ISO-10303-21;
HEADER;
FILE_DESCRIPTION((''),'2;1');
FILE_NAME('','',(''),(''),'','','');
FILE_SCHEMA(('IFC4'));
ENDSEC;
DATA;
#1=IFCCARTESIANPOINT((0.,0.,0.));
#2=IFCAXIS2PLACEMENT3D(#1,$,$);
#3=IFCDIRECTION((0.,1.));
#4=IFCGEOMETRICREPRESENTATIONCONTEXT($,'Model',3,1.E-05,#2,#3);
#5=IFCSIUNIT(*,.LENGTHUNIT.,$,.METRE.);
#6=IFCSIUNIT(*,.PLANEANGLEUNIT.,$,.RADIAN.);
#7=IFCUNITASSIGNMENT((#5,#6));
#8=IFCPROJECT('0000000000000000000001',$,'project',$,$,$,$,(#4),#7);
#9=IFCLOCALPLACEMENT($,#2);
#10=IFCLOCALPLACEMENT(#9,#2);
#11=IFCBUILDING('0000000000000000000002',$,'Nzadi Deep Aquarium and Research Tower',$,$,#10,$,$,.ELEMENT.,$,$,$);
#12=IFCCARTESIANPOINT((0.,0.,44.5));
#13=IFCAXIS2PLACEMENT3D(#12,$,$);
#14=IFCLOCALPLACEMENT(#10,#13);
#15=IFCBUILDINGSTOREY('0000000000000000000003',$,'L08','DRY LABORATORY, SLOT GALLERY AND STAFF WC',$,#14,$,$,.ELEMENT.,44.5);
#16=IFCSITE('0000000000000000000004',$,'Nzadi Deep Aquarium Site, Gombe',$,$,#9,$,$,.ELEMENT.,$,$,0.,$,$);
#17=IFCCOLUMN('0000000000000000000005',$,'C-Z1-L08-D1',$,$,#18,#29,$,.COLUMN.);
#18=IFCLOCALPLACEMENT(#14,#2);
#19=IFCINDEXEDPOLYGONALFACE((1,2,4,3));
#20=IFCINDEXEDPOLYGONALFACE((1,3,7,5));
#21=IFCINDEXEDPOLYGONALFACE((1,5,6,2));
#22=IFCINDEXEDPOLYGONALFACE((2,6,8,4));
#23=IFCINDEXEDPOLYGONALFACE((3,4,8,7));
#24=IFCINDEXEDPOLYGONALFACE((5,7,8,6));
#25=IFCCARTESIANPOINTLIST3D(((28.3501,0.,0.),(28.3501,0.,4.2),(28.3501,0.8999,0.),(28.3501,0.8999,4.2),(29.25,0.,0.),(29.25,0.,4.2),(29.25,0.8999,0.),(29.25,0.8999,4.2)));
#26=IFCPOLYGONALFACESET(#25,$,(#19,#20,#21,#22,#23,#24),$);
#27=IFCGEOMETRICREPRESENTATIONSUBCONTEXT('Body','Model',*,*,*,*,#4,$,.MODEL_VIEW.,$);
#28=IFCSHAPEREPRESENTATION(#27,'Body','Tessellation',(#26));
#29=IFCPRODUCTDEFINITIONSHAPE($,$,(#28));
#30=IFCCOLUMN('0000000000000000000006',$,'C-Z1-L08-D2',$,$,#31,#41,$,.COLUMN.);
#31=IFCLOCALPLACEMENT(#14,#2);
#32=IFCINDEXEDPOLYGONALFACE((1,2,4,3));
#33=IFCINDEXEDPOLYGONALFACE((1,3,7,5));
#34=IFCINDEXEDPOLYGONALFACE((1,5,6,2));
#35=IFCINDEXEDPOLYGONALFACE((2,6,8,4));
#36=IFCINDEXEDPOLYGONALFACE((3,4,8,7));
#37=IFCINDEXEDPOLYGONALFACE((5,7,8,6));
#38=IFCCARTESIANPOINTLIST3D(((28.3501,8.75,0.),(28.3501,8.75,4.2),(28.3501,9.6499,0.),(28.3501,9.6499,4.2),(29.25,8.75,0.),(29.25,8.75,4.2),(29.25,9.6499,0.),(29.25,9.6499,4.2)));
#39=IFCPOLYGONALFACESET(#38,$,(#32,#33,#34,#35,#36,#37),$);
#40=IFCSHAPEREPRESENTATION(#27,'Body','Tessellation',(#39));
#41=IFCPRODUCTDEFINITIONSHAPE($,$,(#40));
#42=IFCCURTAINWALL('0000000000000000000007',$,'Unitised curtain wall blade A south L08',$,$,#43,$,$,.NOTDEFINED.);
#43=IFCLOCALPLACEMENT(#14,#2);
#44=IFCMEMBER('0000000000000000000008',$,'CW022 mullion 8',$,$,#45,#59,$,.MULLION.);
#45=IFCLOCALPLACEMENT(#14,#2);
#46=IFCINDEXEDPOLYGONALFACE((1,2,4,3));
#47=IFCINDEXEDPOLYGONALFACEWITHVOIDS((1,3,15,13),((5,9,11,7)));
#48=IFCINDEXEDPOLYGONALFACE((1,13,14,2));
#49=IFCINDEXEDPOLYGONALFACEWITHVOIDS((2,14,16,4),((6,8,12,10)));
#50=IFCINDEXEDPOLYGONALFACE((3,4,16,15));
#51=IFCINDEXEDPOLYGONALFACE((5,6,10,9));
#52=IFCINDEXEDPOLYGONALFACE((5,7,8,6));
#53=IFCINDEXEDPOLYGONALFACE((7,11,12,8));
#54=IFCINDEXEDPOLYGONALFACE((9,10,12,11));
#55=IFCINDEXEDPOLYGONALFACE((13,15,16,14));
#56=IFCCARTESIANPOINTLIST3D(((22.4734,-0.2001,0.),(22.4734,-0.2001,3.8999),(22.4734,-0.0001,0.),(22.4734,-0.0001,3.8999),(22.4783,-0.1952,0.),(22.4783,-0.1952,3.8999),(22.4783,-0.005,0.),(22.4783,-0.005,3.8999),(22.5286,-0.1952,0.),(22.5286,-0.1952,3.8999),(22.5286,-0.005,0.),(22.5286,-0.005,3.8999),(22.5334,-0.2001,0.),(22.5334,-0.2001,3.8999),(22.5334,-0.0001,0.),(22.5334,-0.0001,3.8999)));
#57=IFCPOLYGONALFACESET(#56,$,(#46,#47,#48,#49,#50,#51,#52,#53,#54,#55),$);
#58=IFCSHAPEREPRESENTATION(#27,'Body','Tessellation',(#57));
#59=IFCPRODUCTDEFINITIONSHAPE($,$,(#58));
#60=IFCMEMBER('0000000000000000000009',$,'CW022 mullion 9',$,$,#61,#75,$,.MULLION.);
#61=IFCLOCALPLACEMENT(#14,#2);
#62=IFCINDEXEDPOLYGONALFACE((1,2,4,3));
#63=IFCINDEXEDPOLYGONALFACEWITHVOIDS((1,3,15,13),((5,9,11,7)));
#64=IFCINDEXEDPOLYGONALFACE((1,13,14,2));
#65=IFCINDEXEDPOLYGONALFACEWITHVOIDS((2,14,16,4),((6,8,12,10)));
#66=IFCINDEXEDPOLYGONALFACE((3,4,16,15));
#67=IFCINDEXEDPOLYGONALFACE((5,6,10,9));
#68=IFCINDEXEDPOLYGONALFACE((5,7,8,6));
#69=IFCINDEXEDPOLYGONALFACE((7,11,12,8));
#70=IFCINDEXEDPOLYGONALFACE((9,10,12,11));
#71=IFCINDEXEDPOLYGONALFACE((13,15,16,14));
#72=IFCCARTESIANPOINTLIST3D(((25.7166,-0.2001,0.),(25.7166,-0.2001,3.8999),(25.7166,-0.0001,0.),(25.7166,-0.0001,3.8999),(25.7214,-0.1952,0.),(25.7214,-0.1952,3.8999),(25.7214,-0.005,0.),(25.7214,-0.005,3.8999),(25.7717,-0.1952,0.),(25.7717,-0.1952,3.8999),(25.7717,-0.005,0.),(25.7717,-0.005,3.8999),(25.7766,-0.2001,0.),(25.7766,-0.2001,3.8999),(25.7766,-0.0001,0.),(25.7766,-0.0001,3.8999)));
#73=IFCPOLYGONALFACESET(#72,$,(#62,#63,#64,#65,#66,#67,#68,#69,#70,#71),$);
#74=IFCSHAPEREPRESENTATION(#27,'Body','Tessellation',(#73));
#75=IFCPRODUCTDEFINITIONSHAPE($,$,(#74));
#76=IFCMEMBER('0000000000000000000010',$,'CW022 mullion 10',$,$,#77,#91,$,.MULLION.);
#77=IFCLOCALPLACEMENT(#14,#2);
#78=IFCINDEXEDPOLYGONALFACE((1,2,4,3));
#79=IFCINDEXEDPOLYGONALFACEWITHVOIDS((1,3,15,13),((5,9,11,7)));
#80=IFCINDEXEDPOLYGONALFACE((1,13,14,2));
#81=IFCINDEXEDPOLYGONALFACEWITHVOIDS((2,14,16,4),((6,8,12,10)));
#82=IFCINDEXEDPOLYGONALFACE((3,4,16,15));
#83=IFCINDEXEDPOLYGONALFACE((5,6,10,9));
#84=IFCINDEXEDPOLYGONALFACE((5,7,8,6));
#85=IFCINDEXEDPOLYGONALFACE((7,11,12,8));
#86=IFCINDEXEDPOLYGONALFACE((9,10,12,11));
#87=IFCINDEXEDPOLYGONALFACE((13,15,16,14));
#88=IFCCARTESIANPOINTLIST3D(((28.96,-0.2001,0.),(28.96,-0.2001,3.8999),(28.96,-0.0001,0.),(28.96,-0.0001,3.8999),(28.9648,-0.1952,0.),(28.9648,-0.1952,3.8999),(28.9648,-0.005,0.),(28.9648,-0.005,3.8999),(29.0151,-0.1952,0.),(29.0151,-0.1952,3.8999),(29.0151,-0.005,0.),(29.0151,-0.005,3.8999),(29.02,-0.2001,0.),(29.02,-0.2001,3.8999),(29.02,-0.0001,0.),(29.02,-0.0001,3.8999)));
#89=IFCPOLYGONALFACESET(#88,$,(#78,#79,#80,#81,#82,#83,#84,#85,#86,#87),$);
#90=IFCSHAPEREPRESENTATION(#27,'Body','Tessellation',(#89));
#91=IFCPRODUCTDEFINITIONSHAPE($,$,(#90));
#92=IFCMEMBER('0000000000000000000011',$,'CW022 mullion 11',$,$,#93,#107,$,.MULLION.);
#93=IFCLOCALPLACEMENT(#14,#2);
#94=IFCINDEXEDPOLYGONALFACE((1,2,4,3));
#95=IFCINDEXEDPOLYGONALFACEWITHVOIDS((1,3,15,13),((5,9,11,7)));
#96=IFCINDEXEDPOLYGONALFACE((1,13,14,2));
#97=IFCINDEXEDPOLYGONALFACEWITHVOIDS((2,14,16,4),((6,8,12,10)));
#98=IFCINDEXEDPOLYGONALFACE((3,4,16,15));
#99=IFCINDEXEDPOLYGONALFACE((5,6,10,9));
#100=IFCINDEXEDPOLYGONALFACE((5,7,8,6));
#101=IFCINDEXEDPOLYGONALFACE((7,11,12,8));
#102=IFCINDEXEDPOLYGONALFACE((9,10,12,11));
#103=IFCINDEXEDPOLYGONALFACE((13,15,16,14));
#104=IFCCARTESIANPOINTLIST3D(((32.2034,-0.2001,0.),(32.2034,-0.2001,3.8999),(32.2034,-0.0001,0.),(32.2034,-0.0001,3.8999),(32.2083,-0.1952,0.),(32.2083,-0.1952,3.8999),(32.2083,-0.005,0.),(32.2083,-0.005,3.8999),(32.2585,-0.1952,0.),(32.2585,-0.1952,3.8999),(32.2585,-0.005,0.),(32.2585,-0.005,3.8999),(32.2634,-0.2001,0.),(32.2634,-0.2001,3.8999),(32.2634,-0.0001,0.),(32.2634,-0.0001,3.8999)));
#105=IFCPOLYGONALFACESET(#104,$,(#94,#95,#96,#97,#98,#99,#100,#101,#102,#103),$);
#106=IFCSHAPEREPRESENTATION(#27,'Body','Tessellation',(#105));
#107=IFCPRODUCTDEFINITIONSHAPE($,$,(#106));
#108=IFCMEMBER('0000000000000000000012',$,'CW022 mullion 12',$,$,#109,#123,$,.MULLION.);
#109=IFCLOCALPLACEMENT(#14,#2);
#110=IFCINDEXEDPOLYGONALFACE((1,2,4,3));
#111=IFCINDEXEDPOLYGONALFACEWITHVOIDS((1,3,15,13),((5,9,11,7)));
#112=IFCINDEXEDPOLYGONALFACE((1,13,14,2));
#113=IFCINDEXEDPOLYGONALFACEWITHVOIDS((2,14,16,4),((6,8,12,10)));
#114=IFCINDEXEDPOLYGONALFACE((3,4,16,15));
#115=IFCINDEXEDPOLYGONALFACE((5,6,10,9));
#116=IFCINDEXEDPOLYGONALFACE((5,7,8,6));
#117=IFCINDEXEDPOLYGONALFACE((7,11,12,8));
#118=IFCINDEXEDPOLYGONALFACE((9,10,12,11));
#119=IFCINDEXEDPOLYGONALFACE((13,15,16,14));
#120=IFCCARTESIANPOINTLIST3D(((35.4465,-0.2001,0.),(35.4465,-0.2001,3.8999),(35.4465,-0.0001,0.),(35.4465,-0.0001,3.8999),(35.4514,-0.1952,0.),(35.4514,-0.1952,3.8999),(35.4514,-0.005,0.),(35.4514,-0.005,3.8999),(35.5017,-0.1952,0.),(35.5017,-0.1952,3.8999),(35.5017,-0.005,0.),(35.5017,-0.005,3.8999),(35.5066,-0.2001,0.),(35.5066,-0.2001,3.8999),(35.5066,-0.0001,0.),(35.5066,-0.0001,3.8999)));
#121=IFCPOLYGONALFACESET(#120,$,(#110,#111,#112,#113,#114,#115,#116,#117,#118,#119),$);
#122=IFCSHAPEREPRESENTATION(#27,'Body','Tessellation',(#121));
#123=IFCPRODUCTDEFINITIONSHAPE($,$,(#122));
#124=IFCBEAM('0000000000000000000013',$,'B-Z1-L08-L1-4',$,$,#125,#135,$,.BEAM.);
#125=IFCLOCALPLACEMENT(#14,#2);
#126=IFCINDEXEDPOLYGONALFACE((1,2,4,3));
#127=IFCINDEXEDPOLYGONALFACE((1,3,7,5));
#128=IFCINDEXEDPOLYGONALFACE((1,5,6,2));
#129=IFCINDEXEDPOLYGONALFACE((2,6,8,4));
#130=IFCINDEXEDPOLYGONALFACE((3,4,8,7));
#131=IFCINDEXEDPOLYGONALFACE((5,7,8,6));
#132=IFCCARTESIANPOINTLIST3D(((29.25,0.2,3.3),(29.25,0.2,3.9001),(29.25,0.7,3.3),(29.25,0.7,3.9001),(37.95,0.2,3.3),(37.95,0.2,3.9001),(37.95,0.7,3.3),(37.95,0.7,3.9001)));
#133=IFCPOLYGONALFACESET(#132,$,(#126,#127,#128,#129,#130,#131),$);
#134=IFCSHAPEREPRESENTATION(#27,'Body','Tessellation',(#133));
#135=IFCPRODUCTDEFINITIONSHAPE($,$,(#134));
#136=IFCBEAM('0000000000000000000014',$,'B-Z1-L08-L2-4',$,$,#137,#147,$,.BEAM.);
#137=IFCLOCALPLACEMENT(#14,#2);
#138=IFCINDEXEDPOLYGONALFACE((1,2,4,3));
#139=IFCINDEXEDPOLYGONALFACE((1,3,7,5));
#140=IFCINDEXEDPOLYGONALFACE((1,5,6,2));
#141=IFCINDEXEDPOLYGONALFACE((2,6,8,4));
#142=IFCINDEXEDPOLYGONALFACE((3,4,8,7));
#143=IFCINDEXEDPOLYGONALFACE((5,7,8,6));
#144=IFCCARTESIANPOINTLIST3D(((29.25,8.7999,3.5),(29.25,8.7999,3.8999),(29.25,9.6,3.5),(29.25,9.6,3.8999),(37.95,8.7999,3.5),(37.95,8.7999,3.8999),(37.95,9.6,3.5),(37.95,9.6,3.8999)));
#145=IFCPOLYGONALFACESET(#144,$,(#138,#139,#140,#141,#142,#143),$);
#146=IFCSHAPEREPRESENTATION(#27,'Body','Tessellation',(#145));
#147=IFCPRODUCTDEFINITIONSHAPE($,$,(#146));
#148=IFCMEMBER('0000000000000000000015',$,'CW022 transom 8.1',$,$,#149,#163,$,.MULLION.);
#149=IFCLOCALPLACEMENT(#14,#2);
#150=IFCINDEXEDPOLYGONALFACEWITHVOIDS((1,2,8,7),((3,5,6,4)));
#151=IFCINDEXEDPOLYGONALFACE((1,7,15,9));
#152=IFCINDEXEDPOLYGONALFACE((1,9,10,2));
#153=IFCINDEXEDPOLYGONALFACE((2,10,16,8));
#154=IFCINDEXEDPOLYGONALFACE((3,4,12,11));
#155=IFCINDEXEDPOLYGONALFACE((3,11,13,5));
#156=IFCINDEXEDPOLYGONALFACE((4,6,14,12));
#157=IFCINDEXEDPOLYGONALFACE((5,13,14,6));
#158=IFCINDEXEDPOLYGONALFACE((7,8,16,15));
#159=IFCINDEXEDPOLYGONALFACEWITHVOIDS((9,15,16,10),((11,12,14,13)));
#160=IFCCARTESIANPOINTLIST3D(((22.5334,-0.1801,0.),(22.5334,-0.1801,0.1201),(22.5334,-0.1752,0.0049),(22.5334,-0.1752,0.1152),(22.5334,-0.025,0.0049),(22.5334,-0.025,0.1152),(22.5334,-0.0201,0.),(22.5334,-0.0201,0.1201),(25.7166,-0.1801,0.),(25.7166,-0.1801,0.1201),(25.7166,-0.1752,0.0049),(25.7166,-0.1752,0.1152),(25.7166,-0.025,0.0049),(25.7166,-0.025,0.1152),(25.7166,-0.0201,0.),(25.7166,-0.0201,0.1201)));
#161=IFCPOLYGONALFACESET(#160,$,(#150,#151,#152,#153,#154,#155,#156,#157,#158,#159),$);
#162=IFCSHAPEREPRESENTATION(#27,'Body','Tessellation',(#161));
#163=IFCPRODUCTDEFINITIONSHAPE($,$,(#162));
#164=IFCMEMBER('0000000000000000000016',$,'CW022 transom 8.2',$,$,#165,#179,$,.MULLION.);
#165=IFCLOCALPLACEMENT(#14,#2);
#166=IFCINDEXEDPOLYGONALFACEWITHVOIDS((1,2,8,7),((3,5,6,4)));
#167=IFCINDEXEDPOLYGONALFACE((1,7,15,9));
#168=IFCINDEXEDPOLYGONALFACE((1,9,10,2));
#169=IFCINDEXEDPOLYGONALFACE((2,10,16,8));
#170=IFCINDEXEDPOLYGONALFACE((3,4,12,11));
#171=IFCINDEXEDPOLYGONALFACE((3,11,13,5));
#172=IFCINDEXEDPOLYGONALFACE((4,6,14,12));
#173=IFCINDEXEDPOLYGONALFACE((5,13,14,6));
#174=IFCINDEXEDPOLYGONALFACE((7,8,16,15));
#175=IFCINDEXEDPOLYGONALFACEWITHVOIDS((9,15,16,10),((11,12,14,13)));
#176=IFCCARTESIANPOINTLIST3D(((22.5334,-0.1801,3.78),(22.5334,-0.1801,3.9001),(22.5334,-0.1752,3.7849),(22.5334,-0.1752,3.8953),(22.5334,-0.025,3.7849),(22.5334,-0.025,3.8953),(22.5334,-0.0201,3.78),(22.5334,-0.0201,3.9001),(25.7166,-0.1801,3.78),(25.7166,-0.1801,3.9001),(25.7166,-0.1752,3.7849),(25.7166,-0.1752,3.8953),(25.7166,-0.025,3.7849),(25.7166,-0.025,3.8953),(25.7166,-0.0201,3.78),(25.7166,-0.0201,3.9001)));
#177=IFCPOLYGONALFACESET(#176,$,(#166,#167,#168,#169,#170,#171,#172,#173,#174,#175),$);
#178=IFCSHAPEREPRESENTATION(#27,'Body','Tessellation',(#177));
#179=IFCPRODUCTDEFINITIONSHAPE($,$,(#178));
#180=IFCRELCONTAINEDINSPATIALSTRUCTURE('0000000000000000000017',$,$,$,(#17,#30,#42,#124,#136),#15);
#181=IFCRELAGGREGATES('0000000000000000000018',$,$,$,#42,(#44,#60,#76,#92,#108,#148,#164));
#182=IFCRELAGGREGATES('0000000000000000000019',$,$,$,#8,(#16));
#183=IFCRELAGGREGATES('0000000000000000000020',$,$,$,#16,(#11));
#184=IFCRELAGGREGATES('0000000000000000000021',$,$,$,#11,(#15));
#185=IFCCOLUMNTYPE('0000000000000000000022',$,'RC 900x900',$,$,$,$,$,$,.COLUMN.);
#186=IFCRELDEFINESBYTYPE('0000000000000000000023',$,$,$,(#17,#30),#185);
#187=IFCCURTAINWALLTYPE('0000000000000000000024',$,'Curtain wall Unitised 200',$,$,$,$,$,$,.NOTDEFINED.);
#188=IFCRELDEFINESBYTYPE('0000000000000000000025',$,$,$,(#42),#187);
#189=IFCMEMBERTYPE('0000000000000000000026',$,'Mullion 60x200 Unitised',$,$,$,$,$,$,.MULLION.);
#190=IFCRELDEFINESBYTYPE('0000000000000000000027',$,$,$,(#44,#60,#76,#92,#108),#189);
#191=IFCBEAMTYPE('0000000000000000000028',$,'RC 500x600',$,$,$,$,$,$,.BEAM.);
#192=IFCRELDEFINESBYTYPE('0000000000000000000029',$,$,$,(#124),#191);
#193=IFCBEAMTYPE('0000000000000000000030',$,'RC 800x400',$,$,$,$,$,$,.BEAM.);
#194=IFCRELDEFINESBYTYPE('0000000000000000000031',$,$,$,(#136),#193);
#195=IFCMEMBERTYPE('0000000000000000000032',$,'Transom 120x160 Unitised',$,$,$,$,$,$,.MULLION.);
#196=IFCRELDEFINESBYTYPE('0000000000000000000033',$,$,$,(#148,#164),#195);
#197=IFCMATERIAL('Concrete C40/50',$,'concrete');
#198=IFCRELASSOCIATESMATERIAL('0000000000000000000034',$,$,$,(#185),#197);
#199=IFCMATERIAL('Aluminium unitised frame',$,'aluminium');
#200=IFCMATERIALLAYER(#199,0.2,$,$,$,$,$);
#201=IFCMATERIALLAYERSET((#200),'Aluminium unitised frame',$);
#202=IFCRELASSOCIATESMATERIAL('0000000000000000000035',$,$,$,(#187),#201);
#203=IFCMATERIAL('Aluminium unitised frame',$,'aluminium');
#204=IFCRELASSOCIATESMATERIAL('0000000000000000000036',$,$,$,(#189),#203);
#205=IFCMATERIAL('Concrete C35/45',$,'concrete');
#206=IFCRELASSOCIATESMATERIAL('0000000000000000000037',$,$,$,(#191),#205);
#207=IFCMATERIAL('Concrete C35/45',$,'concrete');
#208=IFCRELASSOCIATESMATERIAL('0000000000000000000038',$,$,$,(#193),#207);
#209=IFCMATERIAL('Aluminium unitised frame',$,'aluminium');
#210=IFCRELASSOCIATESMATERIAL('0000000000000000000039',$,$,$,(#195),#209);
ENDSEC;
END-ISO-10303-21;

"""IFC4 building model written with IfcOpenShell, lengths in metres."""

from ifc_helpers import new_model, si_unit, direction, frame, origin, origin_2d, place, context, subcontext, project, spatial, rectangle, hollow_rectangle, extrude, material, layer, layer_set, material_profile, profile_set, type_object, element, aggregate, save


model = new_model("IFC4")

# Units and contexts
model_context = context("Model", 3, precision=1e-05, world=origin(), true_north=direction((0.0, 1.0)))
body_context = subcontext(model_context, "Body", "Model", "MODEL_VIEW")
ifc_project = project(units=[si_unit("LENGTHUNIT", "METRE"), si_unit("PLANEANGLEUNIT", "RADIAN")], contexts=[model_context])

# Site, building, storey
site_placement = place(None, origin())
site = spatial("IfcSite", under=ifc_project, at=site_placement, Name="Nzadi Deep Aquarium Site, Gombe", CompositionType="ELEMENT", RefElevation=0.0)
building_placement = place(site_placement, origin())
building = spatial("IfcBuilding", under=site, at=building_placement, Name="Nzadi Deep Aquarium and Research Tower", CompositionType="ELEMENT")
storey_placement = place(building_placement, frame((0.0, 0.0, 44.5)))
storey = spatial("IfcBuildingStorey", under=building, at=storey_placement, Name="L08", Description="DRY LABORATORY, SLOT GALLERY AND STAFF WC", CompositionType="ELEMENT", Elevation=44.5)

# Columns
ifc_material_1 = material(Name="Concrete C40/50", Category="concrete")
ifc_material_profile_1 = material_profile(ifc_material_1, rectangle(XDim=0.8999, YDim=0.8999, at=origin_2d()))
ifc_profile_set_1 = profile_set([ifc_material_profile_1], Name="Concrete C40/50")
column_type = type_object("IfcColumnType", Name="RC 900x900", PredefinedType="COLUMN", material=ifc_profile_set_1)
for number, where, z_axis, x_axis, name in (
    (1, (28.8, 0.45, 0.0), (0.0, 0.0, 1.0), (1.0, 0.0, 0.0), "C-Z1-L08-D1"),
    (2, (28.8, 9.2, 0.0), (0.0, 0.0, 1.0), (1.0, 0.0, 0.0), "C-Z1-L08-D2"),
):
    element("IfcColumn", number, at=place(storey_placement, frame(where, z_axis=z_axis, x_axis=x_axis)), inside=storey, type_object=column_type, Name=name, PredefinedType="COLUMN", context=body_context, shape_type="SweptSolid", body=[
        extrude(rectangle(XDim=0.8999, YDim=0.8999, at=origin_2d()), origin(), (0.0, 0.0, 1.0), 4.2),
    ])

# Curtain wall, members
ifc_material_2 = material(Name="Aluminium unitised frame", Category="aluminium")
ifc_layer_1 = layer(ifc_material_2, 0.2)
ifc_layer_set_1 = layer_set([ifc_layer_1], Name="Aluminium unitised frame")
curtain_wall_type = type_object("IfcCurtainWallType", Name="Curtain wall Unitised 200", PredefinedType="NOTDEFINED", material=ifc_layer_set_1)
curtain_wall_placement = place(storey_placement, origin())
curtain_wall = element("IfcCurtainWall", 3, at=curtain_wall_placement, inside=storey, type_object=curtain_wall_type, Name="Unitised curtain wall blade A south L08", PredefinedType="NOTDEFINED")
ifc_material_3 = material(Name="Aluminium unitised frame", Category="aluminium")
ifc_material_profile_2 = material_profile(ifc_material_3, hollow_rectangle(XDim=0.2, YDim=0.0601, WallThickness=0.0049, at=origin_2d()))
ifc_profile_set_2 = profile_set([ifc_material_profile_2], Name="Aluminium unitised frame")
member_type_1 = type_object("IfcMemberType", Name="Mullion 60x200 Unitised", PredefinedType="MULLION", material=ifc_profile_set_2)
member_1_placement = place(storey_placement, frame((22.5034, -0.1001, 0.0), z_axis=(0.0, 0.0, 1.0), x_axis=(0.0, 1.0, 0.0)))
member_1 = element("IfcMember", 4, at=member_1_placement, type_object=member_type_1, Name="CW022 mullion 8", PredefinedType="MULLION", context=body_context, shape_type="SweptSolid", body=[
    extrude(hollow_rectangle(XDim=0.2, YDim=0.0601, WallThickness=0.0049, at=origin_2d()), origin(), (0.0, 0.0, 1.0), 3.8999),
])
member_2_placement = place(storey_placement, frame((25.7466, -0.1001, 0.0), z_axis=(0.0, 0.0, 1.0), x_axis=(0.0, 1.0, 0.0)))
member_2 = element("IfcMember", 5, at=member_2_placement, type_object=member_type_1, Name="CW022 mullion 9", PredefinedType="MULLION", context=body_context, shape_type="SweptSolid", body=[
    extrude(hollow_rectangle(XDim=0.2, YDim=0.0601, WallThickness=0.0049, at=origin_2d()), origin(), (0.0, 0.0, 1.0), 3.8999),
])
member_3_placement = place(storey_placement, frame((28.99, -0.1001, 0.0), z_axis=(0.0, 0.0, 1.0), x_axis=(0.0, 1.0, 0.0)))
member_3 = element("IfcMember", 6, at=member_3_placement, type_object=member_type_1, Name="CW022 mullion 10", PredefinedType="MULLION", context=body_context, shape_type="SweptSolid", body=[
    extrude(hollow_rectangle(XDim=0.2, YDim=0.0601, WallThickness=0.0049, at=origin_2d()), origin(), (0.0, 0.0, 1.0), 3.8999),
])
member_4_placement = place(storey_placement, frame((32.2334, -0.1001, 0.0), z_axis=(0.0, 0.0, 1.0), x_axis=(0.0, 1.0, 0.0)))
member_4 = element("IfcMember", 7, at=member_4_placement, type_object=member_type_1, Name="CW022 mullion 11", PredefinedType="MULLION", context=body_context, shape_type="SweptSolid", body=[
    extrude(hollow_rectangle(XDim=0.2, YDim=0.0601, WallThickness=0.0049, at=origin_2d()), origin(), (0.0, 0.0, 1.0), 3.8999),
])
member_5_placement = place(storey_placement, frame((35.4766, -0.1001, 0.0), z_axis=(0.0, 0.0, 1.0), x_axis=(0.0, 1.0, 0.0)))
member_5 = element("IfcMember", 8, at=member_5_placement, type_object=member_type_1, Name="CW022 mullion 12", PredefinedType="MULLION", context=body_context, shape_type="SweptSolid", body=[
    extrude(hollow_rectangle(XDim=0.2, YDim=0.0601, WallThickness=0.0049, at=origin_2d()), origin(), (0.0, 0.0, 1.0), 3.8999),
])

# Beams
ifc_material_4 = material(Name="Concrete C35/45", Category="concrete")
ifc_material_profile_3 = material_profile(ifc_material_4, rectangle(XDim=0.5, YDim=0.6001, at=origin_2d()))
ifc_profile_set_3 = profile_set([ifc_material_profile_3], Name="Concrete C35/45")
beam_type_1 = type_object("IfcBeamType", Name="RC 500x600", PredefinedType="BEAM", material=ifc_profile_set_3)
beam_1_placement = place(storey_placement, frame((29.25, 0.45, 3.6001), z_axis=(1.0, 0.0, 0.0), x_axis=(0.0, 1.0, 0.0)))
element("IfcBeam", 9, at=beam_1_placement, inside=storey, type_object=beam_type_1, Name="B-Z1-L08-L1-4", PredefinedType="BEAM", context=body_context, shape_type="SweptSolid", body=[
    extrude(rectangle(XDim=0.5, YDim=0.6001, at=origin_2d()), origin(), (0.0, 0.0, 1.0), 8.7),
])
ifc_material_5 = material(Name="Concrete C35/45", Category="concrete")
ifc_material_profile_4 = material_profile(ifc_material_5, rectangle(XDim=0.8, YDim=0.3999, at=origin_2d()))
ifc_profile_set_4 = profile_set([ifc_material_profile_4], Name="Concrete C35/45")
beam_type_2 = type_object("IfcBeamType", Name="RC 800x400", PredefinedType="BEAM", material=ifc_profile_set_4)
beam_2_placement = place(storey_placement, frame((29.25, 9.2, 3.7), z_axis=(1.0, 0.0, 0.0), x_axis=(0.0, 1.0, 0.0)))
element("IfcBeam", 10, at=beam_2_placement, inside=storey, type_object=beam_type_2, Name="B-Z1-L08-L2-4", PredefinedType="BEAM", context=body_context, shape_type="SweptSolid", body=[
    extrude(rectangle(XDim=0.8, YDim=0.3999, at=origin_2d()), origin(), (0.0, 0.0, 1.0), 8.7),
])

# Members
ifc_material_6 = material(Name="Aluminium unitised frame", Category="aluminium")
ifc_material_profile_5 = material_profile(ifc_material_6, hollow_rectangle(XDim=0.1599, YDim=0.1201, WallThickness=0.0049, at=origin_2d()))
ifc_profile_set_5 = profile_set([ifc_material_profile_5], Name="Aluminium unitised frame")
member_type_2 = type_object("IfcMemberType", Name="Transom 120x160 Unitised", PredefinedType="MULLION", material=ifc_profile_set_5)
member_6_placement = place(storey_placement, frame((22.5334, -0.1001, 0.0601), z_axis=(1.0, 0.0, 0.0), x_axis=(0.0, 1.0, 0.0)))
member_6 = element("IfcMember", 11, at=member_6_placement, type_object=member_type_2, Name="CW022 transom 8.1", PredefinedType="MULLION", context=body_context, shape_type="SweptSolid", body=[
    extrude(hollow_rectangle(XDim=0.1599, YDim=0.1201, WallThickness=0.0049, at=origin_2d()), origin(), (0.0, 0.0, 1.0), 3.1831),
])
member_7_placement = place(storey_placement, frame((22.5334, -0.1001, 3.8401), z_axis=(1.0, 0.0, 0.0), x_axis=(0.0, 1.0, 0.0)))
member_7 = element("IfcMember", 12, at=member_7_placement, type_object=member_type_2, Name="CW022 transom 8.2", PredefinedType="MULLION", context=body_context, shape_type="SweptSolid", body=[
    extrude(hollow_rectangle(XDim=0.1599, YDim=0.1201, WallThickness=0.0049, at=origin_2d()), origin(), (0.0, 0.0, 1.0), 3.1831),
])

aggregate(curtain_wall, [member_1, member_2, member_3, member_4, member_5, member_6, member_7])

save(model, "model.ifc")
